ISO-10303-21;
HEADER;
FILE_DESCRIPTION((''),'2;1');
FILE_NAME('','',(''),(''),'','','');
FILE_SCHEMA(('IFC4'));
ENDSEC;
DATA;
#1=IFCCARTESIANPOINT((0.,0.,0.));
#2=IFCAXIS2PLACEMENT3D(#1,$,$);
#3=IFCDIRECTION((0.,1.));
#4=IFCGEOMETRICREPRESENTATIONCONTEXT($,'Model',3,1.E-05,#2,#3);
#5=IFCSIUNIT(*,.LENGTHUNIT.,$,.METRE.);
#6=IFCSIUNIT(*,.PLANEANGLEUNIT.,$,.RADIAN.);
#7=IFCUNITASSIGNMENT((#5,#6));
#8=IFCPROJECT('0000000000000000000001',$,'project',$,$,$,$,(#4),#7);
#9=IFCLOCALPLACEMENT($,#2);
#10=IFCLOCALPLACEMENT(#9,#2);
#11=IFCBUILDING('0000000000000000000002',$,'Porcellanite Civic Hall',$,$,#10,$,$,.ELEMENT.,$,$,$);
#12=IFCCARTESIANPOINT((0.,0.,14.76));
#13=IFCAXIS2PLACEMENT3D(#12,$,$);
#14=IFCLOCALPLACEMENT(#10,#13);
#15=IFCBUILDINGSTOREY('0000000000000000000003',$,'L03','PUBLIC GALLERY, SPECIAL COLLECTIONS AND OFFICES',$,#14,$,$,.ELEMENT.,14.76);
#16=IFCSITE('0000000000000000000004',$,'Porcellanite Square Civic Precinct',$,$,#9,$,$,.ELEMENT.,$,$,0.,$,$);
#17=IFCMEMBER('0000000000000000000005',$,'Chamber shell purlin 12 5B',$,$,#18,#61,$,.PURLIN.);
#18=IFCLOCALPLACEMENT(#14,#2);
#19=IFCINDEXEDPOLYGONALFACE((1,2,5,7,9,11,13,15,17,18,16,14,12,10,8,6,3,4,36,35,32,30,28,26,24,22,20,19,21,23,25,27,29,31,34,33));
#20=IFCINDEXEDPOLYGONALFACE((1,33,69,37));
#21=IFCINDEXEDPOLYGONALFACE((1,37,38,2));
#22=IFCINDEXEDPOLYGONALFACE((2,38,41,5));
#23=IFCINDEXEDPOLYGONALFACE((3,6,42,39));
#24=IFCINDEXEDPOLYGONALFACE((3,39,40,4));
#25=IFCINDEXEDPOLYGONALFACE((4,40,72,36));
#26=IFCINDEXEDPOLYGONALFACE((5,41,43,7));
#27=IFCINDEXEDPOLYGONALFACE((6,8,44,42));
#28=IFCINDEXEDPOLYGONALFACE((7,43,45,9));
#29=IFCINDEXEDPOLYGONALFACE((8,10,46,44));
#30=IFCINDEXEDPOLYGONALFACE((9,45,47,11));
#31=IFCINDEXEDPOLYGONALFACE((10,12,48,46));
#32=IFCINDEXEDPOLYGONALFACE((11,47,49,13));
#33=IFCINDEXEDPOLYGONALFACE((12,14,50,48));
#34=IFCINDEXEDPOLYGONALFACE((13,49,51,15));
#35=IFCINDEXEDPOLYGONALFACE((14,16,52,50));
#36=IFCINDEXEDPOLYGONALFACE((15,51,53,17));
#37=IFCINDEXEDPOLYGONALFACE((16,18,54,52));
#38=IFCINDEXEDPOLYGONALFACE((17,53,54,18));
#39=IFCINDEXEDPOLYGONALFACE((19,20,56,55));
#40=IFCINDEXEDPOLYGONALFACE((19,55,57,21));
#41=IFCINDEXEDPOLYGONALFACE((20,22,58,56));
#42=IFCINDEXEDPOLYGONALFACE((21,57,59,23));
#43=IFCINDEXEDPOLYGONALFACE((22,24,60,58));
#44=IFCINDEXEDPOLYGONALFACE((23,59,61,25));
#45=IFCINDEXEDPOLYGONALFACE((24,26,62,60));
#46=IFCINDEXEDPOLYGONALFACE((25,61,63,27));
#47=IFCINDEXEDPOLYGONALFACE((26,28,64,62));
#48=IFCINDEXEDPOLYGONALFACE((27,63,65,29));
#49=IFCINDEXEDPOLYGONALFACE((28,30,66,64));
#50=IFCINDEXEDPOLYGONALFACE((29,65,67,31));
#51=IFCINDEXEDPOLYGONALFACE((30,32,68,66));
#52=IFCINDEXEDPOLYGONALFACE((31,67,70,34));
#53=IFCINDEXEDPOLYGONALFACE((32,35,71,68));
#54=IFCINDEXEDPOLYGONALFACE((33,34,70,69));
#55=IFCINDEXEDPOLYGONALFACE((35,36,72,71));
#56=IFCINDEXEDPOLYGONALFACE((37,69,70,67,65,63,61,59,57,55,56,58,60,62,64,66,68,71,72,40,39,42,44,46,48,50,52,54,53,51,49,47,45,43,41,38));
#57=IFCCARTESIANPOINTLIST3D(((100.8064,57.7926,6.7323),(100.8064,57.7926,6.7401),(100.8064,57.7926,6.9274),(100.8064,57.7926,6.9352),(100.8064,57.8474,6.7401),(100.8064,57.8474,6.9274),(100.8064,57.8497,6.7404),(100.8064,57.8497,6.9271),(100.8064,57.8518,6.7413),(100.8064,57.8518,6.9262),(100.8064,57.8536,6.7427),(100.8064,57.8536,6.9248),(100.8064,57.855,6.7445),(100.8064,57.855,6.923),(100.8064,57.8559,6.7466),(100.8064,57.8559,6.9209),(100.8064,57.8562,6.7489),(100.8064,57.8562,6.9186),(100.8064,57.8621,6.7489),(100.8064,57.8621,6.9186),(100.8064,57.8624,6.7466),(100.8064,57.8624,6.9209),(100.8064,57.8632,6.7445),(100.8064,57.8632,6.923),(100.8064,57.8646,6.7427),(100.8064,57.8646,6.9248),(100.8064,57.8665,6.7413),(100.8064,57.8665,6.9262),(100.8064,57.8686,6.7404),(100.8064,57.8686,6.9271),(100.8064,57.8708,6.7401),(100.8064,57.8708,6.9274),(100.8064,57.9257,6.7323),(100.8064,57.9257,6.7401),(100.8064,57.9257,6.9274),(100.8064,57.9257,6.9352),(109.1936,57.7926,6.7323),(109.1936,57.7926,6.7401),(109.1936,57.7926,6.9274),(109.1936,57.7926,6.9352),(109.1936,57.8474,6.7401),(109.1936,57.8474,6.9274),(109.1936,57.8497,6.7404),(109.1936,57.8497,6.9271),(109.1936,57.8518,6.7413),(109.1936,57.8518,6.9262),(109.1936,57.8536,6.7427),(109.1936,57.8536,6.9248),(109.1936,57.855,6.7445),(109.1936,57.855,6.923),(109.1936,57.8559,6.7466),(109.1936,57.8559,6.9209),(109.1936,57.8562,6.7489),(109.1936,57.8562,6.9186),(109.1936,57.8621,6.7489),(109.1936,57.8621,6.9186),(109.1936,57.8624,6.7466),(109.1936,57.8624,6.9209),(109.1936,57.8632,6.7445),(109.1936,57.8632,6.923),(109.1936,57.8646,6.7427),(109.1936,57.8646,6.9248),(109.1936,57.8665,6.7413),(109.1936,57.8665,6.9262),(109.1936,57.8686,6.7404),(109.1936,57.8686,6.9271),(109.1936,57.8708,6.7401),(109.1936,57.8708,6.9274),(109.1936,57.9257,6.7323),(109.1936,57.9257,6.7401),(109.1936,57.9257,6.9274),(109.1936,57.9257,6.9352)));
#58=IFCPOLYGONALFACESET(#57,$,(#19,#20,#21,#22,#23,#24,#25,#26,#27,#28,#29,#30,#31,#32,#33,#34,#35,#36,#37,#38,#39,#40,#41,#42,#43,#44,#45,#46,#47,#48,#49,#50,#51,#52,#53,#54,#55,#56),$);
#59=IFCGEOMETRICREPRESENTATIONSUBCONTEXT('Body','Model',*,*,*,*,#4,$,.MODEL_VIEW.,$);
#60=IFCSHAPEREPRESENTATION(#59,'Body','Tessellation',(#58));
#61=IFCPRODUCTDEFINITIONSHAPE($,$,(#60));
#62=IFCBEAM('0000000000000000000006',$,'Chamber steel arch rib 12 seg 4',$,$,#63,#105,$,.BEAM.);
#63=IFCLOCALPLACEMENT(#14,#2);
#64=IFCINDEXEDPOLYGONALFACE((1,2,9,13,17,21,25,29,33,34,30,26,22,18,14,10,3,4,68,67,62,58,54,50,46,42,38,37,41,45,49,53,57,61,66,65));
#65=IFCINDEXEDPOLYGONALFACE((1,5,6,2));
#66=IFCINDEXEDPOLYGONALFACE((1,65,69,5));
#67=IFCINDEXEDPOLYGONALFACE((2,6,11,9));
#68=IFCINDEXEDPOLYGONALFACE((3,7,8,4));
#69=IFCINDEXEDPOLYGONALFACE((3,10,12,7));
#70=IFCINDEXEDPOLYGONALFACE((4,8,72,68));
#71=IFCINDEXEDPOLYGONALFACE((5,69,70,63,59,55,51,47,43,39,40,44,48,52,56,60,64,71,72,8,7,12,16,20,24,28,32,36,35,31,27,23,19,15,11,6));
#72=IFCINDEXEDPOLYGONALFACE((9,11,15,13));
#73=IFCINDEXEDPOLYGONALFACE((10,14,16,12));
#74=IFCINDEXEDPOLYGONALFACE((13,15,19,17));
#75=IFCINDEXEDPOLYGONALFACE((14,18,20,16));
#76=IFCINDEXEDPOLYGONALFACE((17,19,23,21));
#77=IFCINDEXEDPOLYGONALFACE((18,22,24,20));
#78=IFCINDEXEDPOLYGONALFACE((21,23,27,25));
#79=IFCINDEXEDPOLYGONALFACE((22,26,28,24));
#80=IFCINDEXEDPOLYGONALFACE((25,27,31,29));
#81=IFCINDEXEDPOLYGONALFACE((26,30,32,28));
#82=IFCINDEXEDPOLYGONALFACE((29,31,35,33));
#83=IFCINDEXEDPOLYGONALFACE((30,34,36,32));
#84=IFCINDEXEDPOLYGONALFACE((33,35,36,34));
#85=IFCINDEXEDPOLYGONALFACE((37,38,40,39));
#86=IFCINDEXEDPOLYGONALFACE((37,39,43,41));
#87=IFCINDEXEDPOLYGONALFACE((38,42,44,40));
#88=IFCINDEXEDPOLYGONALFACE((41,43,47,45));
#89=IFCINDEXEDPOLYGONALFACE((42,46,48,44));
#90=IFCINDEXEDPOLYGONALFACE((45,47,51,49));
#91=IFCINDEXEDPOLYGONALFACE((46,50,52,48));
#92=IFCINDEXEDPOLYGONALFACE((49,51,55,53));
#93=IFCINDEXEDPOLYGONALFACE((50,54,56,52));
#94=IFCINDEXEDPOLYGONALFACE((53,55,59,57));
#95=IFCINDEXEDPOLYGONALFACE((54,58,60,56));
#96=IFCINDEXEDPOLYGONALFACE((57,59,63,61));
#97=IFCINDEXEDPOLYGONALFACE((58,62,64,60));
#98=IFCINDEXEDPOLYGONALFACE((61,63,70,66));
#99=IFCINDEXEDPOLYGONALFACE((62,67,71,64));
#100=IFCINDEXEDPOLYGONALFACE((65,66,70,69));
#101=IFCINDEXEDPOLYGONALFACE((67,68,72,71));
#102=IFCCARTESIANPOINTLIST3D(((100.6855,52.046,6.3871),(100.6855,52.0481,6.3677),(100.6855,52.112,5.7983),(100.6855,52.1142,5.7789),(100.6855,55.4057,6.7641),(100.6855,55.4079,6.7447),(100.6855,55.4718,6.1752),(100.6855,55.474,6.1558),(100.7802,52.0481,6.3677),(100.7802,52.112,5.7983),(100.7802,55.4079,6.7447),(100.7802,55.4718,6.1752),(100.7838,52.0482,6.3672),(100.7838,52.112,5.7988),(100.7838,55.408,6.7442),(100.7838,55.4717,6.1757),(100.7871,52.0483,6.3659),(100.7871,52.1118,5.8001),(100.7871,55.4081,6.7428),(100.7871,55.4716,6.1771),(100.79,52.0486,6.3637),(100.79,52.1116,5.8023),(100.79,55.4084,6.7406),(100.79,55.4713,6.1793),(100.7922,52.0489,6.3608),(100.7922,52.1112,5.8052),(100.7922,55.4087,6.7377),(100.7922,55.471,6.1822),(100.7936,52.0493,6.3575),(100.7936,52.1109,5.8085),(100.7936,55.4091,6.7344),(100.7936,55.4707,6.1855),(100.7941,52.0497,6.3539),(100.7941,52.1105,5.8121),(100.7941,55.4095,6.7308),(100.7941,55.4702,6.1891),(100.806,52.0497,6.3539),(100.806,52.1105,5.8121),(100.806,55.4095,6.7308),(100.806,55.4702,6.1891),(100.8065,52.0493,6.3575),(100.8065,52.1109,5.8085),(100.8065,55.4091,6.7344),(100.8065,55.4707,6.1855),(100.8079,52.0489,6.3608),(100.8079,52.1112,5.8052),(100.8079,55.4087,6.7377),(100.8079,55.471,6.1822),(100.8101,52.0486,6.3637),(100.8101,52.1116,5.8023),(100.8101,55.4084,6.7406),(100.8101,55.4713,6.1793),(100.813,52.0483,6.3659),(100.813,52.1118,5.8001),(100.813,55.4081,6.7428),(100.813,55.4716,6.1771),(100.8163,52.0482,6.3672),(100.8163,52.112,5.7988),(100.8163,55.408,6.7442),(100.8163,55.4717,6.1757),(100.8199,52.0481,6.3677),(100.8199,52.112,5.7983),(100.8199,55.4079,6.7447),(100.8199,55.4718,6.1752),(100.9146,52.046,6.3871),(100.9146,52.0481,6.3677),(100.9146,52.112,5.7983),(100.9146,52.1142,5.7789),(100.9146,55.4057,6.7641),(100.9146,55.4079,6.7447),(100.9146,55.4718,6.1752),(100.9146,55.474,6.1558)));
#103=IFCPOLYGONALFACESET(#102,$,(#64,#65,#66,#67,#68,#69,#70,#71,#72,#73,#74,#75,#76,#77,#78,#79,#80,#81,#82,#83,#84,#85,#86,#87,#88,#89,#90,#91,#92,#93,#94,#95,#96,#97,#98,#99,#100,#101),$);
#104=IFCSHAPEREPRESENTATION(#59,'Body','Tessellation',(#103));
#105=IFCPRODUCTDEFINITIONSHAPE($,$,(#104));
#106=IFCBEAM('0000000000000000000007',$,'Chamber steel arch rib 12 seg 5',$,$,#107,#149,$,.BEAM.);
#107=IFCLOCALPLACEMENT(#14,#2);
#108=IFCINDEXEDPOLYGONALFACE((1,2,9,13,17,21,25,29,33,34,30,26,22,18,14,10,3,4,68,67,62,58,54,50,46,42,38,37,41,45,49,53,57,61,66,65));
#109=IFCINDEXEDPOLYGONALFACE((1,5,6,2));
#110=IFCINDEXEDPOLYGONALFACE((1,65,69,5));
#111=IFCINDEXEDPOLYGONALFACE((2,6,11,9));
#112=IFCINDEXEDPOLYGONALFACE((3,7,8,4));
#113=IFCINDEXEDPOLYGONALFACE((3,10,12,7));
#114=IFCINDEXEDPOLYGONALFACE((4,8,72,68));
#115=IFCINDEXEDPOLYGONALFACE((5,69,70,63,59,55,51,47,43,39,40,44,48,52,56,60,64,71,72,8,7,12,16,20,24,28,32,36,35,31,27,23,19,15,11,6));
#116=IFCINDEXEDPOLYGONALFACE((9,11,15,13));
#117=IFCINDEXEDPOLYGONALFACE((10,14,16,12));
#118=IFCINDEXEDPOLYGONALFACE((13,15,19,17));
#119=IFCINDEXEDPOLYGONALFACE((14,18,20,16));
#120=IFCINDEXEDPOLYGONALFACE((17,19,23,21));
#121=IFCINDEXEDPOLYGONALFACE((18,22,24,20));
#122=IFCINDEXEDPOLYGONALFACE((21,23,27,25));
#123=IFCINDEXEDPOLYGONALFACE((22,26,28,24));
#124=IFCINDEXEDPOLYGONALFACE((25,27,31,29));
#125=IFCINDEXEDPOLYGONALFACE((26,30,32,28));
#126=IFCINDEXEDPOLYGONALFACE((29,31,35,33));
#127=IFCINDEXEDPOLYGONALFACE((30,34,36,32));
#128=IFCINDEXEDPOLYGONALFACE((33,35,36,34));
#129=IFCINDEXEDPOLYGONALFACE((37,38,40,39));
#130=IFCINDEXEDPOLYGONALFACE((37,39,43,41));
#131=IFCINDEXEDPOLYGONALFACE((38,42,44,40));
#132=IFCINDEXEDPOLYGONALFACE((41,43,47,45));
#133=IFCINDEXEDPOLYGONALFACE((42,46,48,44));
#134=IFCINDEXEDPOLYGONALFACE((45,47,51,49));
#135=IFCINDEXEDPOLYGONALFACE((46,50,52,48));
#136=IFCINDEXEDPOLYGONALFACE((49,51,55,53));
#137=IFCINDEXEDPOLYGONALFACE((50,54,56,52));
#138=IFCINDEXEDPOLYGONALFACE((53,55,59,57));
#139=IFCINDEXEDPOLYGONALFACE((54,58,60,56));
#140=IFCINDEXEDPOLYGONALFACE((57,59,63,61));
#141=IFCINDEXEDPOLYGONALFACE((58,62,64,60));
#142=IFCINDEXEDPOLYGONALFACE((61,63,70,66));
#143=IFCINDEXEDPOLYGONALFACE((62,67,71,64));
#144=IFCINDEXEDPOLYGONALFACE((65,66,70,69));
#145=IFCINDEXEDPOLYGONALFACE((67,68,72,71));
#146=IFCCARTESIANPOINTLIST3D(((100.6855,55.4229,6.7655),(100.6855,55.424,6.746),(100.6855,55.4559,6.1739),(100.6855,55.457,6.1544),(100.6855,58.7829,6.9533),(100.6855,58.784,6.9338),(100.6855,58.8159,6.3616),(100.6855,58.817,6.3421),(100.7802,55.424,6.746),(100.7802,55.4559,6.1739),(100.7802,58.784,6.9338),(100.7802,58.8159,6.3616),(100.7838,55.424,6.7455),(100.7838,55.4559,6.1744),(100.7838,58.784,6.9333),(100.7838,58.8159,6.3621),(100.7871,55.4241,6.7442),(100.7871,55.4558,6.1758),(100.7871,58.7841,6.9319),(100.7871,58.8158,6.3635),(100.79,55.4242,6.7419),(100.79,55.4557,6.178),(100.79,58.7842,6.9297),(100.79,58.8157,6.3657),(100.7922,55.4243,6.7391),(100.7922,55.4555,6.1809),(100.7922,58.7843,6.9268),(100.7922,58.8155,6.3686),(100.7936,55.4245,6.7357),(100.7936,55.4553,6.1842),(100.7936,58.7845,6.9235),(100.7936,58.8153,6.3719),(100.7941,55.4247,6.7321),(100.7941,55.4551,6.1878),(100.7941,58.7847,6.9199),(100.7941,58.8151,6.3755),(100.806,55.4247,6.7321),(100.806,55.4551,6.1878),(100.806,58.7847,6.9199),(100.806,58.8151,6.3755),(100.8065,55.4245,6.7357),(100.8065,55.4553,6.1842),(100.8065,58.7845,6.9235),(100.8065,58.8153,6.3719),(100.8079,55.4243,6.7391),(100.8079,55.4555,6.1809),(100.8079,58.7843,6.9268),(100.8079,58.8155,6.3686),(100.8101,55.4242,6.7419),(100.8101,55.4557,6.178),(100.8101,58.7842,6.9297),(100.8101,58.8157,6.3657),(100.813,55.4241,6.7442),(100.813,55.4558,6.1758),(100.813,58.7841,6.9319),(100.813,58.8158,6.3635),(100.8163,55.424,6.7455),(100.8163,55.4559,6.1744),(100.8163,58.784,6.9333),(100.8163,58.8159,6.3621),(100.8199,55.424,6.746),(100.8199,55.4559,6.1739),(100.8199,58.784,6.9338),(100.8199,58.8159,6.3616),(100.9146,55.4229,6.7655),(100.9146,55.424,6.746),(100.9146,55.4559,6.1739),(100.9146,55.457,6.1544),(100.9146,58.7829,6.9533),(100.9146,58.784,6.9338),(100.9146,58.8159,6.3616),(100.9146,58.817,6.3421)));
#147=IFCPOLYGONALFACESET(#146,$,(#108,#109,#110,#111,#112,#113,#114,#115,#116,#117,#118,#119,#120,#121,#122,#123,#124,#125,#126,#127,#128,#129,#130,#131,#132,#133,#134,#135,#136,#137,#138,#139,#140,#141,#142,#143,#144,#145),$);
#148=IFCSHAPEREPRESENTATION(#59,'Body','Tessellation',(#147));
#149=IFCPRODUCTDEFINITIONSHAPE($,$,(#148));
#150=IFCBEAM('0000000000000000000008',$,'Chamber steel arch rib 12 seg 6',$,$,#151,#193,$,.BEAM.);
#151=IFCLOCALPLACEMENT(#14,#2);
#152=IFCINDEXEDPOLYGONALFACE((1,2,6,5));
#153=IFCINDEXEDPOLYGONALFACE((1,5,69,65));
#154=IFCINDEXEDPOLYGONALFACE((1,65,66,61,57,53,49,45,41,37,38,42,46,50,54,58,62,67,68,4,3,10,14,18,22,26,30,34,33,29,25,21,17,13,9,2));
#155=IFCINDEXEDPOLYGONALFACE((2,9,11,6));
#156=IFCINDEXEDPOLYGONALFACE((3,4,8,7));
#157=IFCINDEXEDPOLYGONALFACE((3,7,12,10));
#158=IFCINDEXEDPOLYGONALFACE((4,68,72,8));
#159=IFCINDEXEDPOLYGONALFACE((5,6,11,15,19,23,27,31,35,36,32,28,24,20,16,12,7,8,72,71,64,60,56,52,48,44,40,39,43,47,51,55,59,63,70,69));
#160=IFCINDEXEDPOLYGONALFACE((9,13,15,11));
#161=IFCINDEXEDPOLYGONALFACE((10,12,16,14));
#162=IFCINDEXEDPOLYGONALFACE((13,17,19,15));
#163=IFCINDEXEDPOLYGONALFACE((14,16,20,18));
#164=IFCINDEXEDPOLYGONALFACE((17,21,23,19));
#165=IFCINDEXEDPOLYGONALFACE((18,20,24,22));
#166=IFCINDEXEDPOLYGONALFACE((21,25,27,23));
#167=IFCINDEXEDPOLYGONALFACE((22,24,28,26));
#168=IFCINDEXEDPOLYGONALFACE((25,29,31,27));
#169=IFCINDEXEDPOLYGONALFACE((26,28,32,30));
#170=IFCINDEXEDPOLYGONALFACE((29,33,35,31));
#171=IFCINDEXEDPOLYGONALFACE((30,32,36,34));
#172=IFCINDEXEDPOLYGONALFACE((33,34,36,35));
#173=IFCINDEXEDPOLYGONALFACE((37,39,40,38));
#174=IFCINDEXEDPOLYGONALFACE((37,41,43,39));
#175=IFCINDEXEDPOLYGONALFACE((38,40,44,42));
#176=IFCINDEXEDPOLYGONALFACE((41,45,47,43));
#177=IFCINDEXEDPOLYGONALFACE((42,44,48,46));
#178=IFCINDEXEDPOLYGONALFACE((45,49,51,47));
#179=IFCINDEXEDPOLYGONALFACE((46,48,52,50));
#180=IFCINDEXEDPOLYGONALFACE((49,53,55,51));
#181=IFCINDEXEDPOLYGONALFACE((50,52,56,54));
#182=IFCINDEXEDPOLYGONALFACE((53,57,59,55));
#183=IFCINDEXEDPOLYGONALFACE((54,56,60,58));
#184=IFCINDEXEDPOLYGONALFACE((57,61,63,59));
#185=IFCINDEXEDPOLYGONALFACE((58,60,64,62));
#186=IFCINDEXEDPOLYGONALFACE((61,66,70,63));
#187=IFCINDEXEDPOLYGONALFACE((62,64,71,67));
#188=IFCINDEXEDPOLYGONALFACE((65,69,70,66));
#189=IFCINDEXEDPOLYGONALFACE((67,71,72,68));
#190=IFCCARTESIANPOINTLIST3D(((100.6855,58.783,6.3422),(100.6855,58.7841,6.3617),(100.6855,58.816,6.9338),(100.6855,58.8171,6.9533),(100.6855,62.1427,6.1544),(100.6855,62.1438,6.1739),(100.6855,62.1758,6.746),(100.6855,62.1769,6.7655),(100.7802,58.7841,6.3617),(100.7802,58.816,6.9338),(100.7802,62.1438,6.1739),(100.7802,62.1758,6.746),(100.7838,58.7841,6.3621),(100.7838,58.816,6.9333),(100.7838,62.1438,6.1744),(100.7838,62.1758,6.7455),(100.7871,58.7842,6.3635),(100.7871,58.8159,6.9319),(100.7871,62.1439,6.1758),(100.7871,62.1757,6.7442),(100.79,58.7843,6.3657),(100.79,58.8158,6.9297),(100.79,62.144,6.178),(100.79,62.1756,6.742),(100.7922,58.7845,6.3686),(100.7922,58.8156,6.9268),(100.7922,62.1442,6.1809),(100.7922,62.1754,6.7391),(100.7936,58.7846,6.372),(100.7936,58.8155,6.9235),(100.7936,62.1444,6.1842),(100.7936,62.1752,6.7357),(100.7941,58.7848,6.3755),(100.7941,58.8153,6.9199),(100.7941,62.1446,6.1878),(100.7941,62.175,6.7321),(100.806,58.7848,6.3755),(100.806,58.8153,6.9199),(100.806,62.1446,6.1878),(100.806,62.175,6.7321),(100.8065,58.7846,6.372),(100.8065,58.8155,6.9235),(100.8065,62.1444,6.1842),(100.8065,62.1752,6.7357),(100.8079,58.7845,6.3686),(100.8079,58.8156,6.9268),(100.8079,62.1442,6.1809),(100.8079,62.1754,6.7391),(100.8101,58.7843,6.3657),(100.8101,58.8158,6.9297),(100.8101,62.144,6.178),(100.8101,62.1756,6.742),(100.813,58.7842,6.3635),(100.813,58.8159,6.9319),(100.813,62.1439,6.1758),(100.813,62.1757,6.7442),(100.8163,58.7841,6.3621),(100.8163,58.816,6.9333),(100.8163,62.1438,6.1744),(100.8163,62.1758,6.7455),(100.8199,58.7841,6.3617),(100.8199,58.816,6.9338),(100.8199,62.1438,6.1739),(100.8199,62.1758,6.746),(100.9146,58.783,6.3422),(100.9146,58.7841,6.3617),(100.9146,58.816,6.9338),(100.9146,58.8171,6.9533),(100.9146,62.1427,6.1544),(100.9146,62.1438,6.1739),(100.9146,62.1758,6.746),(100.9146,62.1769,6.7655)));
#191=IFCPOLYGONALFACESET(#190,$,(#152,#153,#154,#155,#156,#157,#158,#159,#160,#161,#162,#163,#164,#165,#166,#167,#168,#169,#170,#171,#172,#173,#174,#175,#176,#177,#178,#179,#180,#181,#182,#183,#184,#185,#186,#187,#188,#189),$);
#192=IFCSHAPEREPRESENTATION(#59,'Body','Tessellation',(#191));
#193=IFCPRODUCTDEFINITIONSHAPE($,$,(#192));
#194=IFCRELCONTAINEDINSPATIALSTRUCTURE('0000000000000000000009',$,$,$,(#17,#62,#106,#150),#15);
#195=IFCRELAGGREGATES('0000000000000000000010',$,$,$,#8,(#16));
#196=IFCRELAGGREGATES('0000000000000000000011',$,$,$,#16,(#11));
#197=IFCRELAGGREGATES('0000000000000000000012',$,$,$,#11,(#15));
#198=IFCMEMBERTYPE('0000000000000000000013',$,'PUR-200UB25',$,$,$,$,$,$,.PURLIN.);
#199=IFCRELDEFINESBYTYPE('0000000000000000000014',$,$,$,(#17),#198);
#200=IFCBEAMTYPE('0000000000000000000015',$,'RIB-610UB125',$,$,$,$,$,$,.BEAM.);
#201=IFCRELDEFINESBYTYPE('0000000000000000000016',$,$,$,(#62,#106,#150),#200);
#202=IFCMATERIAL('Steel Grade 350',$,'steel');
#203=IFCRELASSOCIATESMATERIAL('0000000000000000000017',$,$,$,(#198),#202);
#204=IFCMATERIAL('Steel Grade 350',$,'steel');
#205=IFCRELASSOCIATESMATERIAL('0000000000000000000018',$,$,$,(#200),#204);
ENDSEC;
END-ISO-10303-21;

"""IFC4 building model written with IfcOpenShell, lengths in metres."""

from ifc_helpers import new_model, si_unit, direction, frame, origin, origin_2d, place, context, subcontext, project, spatial, i_section, extrude, material, material_profile, profile_set, type_object, element, save


model = new_model("IFC4")

# Units and contexts
model_context = context("Model", 3, precision=1e-05, world=origin(), true_north=direction((0.0, 1.0)))
body_context = subcontext(model_context, "Body", "Model", "MODEL_VIEW")
ifc_project = project(units=[si_unit("LENGTHUNIT", "METRE"), si_unit("PLANEANGLEUNIT", "RADIAN")], contexts=[model_context])

# Site, building, storey
site_placement = place(None, origin())
site = spatial("IfcSite", under=ifc_project, at=site_placement, Name="Porcellanite Square Civic Precinct", CompositionType="ELEMENT", RefElevation=0.0)
building_placement = place(site_placement, origin())
building = spatial("IfcBuilding", under=site, at=building_placement, Name="Porcellanite Civic Hall", CompositionType="ELEMENT")
storey_placement = place(building_placement, frame((0.0, 0.0, 14.76)))
storey = spatial("IfcBuildingStorey", under=building, at=storey_placement, Name="L03", Description="PUBLIC GALLERY, SPECIAL COLLECTIONS AND OFFICES", CompositionType="ELEMENT", Elevation=14.76)

# Member
ifc_material_1 = material(Name="Steel Grade 350", Category="steel")
ifc_material_profile_1 = material_profile(ifc_material_1, i_section(OverallWidth=0.1331, OverallDepth=0.2029, WebThickness=0.0059, FlangeThickness=0.0078, FilletRadius=0.0088, at=origin_2d()), Name="200UB25.4")
ifc_profile_set_1 = profile_set([ifc_material_profile_1], Name="Steel Grade 350")
member_type_1 = type_object("IfcMemberType", Name="PUR-200UB25", PredefinedType="PURLIN", material=ifc_profile_set_1)
for number, where, z_axis, x_axis, name in (
    (1, (100.8064, 57.8591, 6.8337), (1.0, 0.0, 0.0), (0.0, 1.0, 0.0), "Chamber shell purlin 12 5B"),
):
    element("IfcMember", number, at=place(storey_placement, frame(where, z_axis=z_axis, x_axis=x_axis)), inside=storey, type_object=member_type_1, Name=name, PredefinedType="PURLIN", context=body_context, shape_type="SweptSolid", body=[
        extrude(i_section(OverallWidth=0.1331, OverallDepth=0.2029, WebThickness=0.0059, FlangeThickness=0.0078, FilletRadius=0.0088, at=origin_2d()), origin(), (0.0, 0.0, 1.0), 8.3872),
    ])

# Beams
ifc_material_2 = material(Name="Steel Grade 350", Category="steel")
ifc_material_profile_2 = material_profile(ifc_material_2, i_section(OverallWidth=0.229, OverallDepth=0.6121, WebThickness=0.012, FlangeThickness=0.0195, FilletRadius=0.0139, at=origin_2d()), Name="610UB125")
ifc_profile_set_2 = profile_set([ifc_material_profile_2], Name="Steel Grade 350")
beam_type = type_object("IfcBeamType", Name="RIB-610UB125", PredefinedType="BEAM", material=ifc_profile_set_2)
beam_1_placement = place(storey_placement, frame((100.8, 52.0801, 6.083), z_axis=(0.0, 0.993765, 0.111493), x_axis=(-1.0, 0.0, 0.0)))
element("IfcBeam", 2, at=beam_1_placement, inside=storey, type_object=beam_type, Name="Chamber steel arch rib 12 seg 4", PredefinedType="BEAM", context=body_context, shape_type="SweptSolid", body=[
    extrude(i_section(OverallWidth=0.229, OverallDepth=0.6121, WebThickness=0.012, FlangeThickness=0.0195, FilletRadius=0.0139, at=origin_2d()), origin(), (0.0, 0.0, 1.0), 3.3809),
])
beam_2_placement = place(storey_placement, frame((100.8, 55.4399, 6.46), z_axis=(0.0, 0.998443, 0.055787), x_axis=(-1.0, 0.0, 0.0)))
element("IfcBeam", 3, at=beam_2_placement, inside=storey, type_object=beam_type, Name="Chamber steel arch rib 12 seg 5", PredefinedType="BEAM", context=body_context, shape_type="SweptSolid", body=[
    extrude(i_section(OverallWidth=0.229, OverallDepth=0.6121, WebThickness=0.012, FlangeThickness=0.0195, FilletRadius=0.0139, at=origin_2d()), origin(), (0.0, 0.0, 1.0), 3.3652),
])
beam_3_placement = place(storey_placement, frame((100.8, 58.8, 6.6477), z_axis=(0.0, 0.998442, -0.055791), x_axis=(-1.0, 0.0, 0.0)))
element("IfcBeam", 4, at=beam_3_placement, inside=storey, type_object=beam_type, Name="Chamber steel arch rib 12 seg 6", PredefinedType="BEAM", context=body_context, shape_type="SweptSolid", body=[
    extrude(i_section(OverallWidth=0.229, OverallDepth=0.6121, WebThickness=0.012, FlangeThickness=0.0195, FilletRadius=0.0139, at=origin_2d()), origin(), (0.0, 0.0, 1.0), 3.365),
])

save(model, "model.ifc")
